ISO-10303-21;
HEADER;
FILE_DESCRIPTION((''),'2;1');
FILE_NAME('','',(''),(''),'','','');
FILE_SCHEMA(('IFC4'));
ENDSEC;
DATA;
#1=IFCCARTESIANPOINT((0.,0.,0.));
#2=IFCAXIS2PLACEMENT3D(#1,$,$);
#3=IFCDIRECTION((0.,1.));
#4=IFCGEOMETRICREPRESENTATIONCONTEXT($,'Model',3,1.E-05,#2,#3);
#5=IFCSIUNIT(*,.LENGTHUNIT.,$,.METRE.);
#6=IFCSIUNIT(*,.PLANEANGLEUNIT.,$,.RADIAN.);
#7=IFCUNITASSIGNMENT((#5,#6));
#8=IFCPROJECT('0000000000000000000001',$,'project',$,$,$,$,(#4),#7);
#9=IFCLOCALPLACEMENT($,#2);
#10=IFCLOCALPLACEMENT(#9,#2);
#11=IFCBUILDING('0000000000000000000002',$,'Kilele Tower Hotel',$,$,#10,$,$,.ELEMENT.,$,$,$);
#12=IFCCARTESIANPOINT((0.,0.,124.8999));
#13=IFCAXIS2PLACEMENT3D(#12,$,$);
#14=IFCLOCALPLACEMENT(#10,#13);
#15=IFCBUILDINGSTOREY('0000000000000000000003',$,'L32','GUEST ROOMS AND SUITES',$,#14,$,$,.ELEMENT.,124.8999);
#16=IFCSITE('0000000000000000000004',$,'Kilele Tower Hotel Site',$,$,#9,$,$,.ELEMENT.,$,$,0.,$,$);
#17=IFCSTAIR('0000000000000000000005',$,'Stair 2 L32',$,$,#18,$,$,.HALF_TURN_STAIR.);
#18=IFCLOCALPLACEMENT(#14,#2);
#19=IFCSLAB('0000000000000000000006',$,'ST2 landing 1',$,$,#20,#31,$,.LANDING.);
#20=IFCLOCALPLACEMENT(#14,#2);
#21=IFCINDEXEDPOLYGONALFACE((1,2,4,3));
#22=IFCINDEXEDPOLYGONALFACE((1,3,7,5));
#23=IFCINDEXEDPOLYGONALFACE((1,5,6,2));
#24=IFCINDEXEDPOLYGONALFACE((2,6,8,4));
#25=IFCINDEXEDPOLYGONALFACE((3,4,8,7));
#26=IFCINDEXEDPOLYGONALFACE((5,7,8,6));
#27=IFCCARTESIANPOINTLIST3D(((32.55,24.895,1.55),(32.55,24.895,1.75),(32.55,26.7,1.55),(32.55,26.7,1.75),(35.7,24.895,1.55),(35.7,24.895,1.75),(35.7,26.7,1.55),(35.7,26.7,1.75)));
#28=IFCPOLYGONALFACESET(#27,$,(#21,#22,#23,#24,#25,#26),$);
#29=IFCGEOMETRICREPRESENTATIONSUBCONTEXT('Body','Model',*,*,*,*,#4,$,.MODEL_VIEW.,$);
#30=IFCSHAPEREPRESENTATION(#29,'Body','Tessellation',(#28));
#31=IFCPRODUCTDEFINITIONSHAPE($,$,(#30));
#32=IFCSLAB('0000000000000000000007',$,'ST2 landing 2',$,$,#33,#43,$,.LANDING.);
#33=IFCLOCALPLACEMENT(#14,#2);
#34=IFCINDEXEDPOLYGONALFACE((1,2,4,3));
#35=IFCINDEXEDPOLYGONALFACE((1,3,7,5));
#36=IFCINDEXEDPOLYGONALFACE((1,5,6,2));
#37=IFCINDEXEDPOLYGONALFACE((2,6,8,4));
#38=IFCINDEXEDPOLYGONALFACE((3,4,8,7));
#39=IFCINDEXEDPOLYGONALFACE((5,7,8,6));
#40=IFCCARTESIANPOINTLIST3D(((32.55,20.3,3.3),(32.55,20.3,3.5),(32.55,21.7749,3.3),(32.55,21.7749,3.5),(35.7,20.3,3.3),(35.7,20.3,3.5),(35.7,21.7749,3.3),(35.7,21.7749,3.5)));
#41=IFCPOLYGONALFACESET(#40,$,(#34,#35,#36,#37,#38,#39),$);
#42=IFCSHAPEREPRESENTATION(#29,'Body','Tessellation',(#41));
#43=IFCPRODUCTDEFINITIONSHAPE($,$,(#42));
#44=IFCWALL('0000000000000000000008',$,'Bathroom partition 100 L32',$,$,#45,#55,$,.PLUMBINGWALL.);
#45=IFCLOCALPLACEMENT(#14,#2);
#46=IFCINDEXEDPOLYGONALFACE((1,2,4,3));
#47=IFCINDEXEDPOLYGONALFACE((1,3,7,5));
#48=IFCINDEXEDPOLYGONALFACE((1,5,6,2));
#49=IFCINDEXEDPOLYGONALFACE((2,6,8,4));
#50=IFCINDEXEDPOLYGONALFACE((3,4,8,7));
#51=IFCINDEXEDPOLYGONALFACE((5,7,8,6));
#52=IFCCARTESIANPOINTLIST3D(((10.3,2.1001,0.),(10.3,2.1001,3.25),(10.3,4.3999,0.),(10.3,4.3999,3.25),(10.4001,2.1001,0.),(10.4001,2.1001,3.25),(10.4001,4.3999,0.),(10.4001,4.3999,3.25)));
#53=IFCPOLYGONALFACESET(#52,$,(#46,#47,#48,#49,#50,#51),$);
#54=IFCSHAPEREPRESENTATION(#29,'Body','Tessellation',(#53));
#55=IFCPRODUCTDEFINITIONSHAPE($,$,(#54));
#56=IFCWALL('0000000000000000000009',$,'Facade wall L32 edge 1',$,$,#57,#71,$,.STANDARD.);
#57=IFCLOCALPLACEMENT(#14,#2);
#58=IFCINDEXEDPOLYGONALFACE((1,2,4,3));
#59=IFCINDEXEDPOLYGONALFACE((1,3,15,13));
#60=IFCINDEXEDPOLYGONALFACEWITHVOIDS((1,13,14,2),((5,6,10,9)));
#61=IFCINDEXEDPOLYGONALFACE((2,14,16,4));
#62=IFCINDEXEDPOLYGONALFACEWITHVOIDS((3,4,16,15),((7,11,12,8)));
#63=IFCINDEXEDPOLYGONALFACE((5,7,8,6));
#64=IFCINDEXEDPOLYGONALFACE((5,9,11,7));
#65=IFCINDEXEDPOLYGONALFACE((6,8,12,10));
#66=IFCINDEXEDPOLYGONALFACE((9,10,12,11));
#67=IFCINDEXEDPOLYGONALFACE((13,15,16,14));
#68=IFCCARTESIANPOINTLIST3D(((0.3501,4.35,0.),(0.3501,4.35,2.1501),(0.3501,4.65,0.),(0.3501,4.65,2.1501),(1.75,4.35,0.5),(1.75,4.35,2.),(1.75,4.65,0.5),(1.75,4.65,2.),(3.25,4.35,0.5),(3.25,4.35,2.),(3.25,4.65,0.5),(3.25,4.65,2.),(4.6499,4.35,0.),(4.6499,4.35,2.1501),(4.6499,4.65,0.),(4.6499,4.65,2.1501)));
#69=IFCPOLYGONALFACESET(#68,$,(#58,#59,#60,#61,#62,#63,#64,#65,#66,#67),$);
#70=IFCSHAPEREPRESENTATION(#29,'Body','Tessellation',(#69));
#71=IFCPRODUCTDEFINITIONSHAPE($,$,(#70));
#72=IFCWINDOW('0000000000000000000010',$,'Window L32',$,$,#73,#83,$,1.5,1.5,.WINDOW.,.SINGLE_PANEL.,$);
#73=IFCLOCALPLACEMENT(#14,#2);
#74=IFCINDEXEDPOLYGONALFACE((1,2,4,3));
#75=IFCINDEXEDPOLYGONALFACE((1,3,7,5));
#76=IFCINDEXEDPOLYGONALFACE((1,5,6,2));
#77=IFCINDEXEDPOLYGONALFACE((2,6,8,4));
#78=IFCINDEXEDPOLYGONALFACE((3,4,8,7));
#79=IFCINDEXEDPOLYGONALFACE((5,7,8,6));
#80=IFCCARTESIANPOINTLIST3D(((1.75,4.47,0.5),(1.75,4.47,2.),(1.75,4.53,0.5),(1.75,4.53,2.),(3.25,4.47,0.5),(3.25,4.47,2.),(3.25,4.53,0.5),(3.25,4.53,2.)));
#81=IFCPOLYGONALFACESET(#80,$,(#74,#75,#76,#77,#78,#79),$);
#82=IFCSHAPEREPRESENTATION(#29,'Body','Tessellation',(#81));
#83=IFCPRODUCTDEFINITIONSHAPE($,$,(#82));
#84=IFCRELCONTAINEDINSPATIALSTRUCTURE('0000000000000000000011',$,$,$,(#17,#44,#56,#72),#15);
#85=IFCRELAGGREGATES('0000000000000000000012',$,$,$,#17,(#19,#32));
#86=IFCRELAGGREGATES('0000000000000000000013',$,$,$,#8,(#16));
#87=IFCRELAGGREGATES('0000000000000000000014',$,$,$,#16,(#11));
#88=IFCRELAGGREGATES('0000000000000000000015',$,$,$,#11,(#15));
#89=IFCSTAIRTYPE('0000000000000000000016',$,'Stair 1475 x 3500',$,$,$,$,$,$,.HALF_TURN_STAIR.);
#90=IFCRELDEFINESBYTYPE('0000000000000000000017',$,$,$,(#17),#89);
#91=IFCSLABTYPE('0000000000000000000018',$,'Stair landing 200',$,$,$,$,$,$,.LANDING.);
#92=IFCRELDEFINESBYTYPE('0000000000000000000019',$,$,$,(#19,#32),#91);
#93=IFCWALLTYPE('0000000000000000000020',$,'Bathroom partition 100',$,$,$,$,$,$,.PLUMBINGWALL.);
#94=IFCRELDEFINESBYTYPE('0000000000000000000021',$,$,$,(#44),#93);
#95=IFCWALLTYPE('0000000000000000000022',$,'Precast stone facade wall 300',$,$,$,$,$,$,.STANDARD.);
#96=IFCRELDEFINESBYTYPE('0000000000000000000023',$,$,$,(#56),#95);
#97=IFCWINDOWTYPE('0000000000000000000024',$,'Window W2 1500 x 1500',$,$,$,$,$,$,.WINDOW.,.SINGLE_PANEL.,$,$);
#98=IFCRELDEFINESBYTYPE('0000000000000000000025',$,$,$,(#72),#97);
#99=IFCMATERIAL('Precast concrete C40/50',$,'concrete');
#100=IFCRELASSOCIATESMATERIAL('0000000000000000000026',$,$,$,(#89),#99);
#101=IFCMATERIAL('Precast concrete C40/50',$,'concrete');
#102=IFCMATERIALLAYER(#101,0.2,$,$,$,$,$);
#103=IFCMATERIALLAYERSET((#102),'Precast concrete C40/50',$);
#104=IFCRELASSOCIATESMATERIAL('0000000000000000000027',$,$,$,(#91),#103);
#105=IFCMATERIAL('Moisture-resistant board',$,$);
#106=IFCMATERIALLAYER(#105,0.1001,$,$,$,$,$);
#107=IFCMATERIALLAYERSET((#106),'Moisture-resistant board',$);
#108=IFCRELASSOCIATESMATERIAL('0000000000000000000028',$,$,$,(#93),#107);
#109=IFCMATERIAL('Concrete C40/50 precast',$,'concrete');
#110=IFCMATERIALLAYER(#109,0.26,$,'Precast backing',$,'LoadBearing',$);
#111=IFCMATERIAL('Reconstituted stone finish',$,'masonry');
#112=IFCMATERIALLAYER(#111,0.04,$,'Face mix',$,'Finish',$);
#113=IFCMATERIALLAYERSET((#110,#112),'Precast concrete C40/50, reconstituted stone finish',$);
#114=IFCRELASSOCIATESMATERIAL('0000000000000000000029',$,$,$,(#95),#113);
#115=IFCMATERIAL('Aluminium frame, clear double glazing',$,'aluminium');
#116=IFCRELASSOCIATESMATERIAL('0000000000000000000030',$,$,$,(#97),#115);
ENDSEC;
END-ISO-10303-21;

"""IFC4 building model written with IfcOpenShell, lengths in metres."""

from ifc_helpers import new_model, si_unit, direction, frame, frame_2d, origin, place, context, subcontext, project, spatial, polyline, rectangle, outline, extrude, material, layer, layer_set, type_object, element, fill, aggregate, save


model = new_model("IFC4")

# Units and contexts
model_context = context("Model", 3, precision=1e-05, world=origin(), true_north=direction((0.0, 1.0)))
body_context = subcontext(model_context, "Body", "Model", "MODEL_VIEW")
ifc_project = project(units=[si_unit("LENGTHUNIT", "METRE"), si_unit("PLANEANGLEUNIT", "RADIAN")], contexts=[model_context])

# Site, building, storey
site_placement = place(None, origin())
site = spatial("IfcSite", under=ifc_project, at=site_placement, Name="Kilele Tower Hotel Site", CompositionType="ELEMENT", RefElevation=0.0)
building_placement = place(site_placement, origin())
building = spatial("IfcBuilding", under=site, at=building_placement, Name="Kilele Tower Hotel", CompositionType="ELEMENT")
storey_placement = place(building_placement, frame((0.0, 0.0, 124.8999)))
storey = spatial("IfcBuildingStorey", under=building, at=storey_placement, Name="L32", Description="GUEST ROOMS AND SUITES", CompositionType="ELEMENT", Elevation=124.8999)

# Stair, slabs
ifc_material_1 = material(Name="Precast concrete C40/50", Category="concrete")
stair_type = type_object("IfcStairType", Name="Stair 1475 x 3500", PredefinedType="HALF_TURN_STAIR", material=ifc_material_1)
ifc_material_2 = material(Name="Precast concrete C40/50", Category="concrete")
ifc_layer_1 = layer(ifc_material_2, 0.2)
ifc_layer_set_1 = layer_set([ifc_layer_1], Name="Precast concrete C40/50")
slab_type_1 = type_object("IfcSlabType", Name="Stair landing 200", PredefinedType="LANDING", material=ifc_layer_set_1)
stair_1_placement = place(storey_placement, origin())
stair_1 = element("IfcStair", 1, at=stair_1_placement, inside=storey, type_object=stair_type, Name="Stair 2 L32", PredefinedType="HALF_TURN_STAIR")
slab_1_placement = place(storey_placement, frame((0.0, 0.0, 1.55)))
slab_1 = element("IfcSlab", 2, at=slab_1_placement, type_object=slab_type_1, Name="ST2 landing 1", PredefinedType="LANDING", context=body_context, shape_type="SweptSolid", body=[
    extrude(outline(polyline([(32.55, 24.895), (35.7, 24.895), (35.7, 26.7), (32.55, 26.7), (32.55, 24.895)])), origin(), (0.0, 0.0, 1.0), 0.2),
])
slab_2_placement = place(storey_placement, frame((0.0, 0.0, 3.3)))
slab_2 = element("IfcSlab", 3, at=slab_2_placement, type_object=slab_type_1, Name="ST2 landing 2", PredefinedType="LANDING", context=body_context, shape_type="SweptSolid", body=[
    extrude(outline(polyline([(32.55, 20.3), (35.7, 20.3), (35.7, 21.7749), (32.55, 21.7749), (32.55, 20.3)])), origin(), (0.0, 0.0, 1.0), 0.2),
])
aggregate(stair_1, [slab_1, slab_2])

# Wall
ifc_material_3 = material(Name="Moisture-resistant board")
ifc_layer_2 = layer(ifc_material_3, 0.1001)
ifc_layer_set_2 = layer_set([ifc_layer_2], Name="Moisture-resistant board")
wall_type_1 = type_object("IfcWallType", Name="Bathroom partition 100", PredefinedType="PLUMBINGWALL", material=ifc_layer_set_2)
wall_1_placement = place(storey_placement, frame((10.3501, 4.3999, 0.0), z_axis=(0.0, 0.0, 1.0), x_axis=(0.0, -1.0, 0.0)))
element("IfcWall", 4, at=wall_1_placement, inside=storey, type_object=wall_type_1, Name="Bathroom partition 100 L32", PredefinedType="PLUMBINGWALL", context=body_context, shape_type="SweptSolid", body=[
    extrude(rectangle(XDim=2.2998, YDim=0.1001, at=frame_2d((1.1499, 0.0))), origin(), (0.0, 0.0, 1.0), 3.25),
])

# Wall, opening, window
ifc_material_4 = material(Name="Concrete C40/50 precast", Category="concrete")
ifc_layer_3 = layer(ifc_material_4, 0.26, Name="Precast backing", Category="LoadBearing")
ifc_material_5 = material(Name="Reconstituted stone finish", Category="masonry")
ifc_layer_4 = layer(ifc_material_5, 0.04, Name="Face mix", Category="Finish")
ifc_layer_set_3 = layer_set([ifc_layer_3, ifc_layer_4], Name="Precast concrete C40/50, reconstituted stone finish")
wall_type_2 = type_object("IfcWallType", Name="Precast stone facade wall 300", PredefinedType="STANDARD", material=ifc_layer_set_3)
wall_2_placement = place(storey_placement, frame((0.3501, 4.5, 0.0), z_axis=(0.0, 0.0, 1.0), x_axis=(1.0, 0.0, 0.0)))
wall_2 = element("IfcWall", 5, at=wall_2_placement, inside=storey, type_object=wall_type_2, Name="Facade wall L32 edge 1", PredefinedType="STANDARD", context=body_context, shape_type="SweptSolid", body=[
    extrude(rectangle(XDim=4.2998, YDim=0.3, at=frame_2d((2.1499, 0.0))), origin(), (0.0, 0.0, 1.0), 2.1501),
])
opening_1_placement = place(wall_2_placement, frame((1.3999, 0.0, 0.5)))
opening_1 = element("IfcOpeningElement", 6, at=opening_1_placement, cuts=wall_2, PredefinedType="OPENING", context=body_context, shape_type="SweptSolid", body=[
    extrude(rectangle(XDim=1.5, YDim=1.5, at=frame_2d((0.75, 0.75))), frame((0.0, 0.1599, 0.0), z_axis=(0.0, -1.0, 0.0), x_axis=(1.0, 0.0, 0.0)), (0.0, 0.0, 1.0), 0.3201),
])
ifc_material_6 = material(Name="Aluminium frame, clear double glazing", Category="aluminium")
window_type = type_object("IfcWindowType", Name="Window W2 1500 x 1500", PartitioningType="SINGLE_PANEL", PredefinedType="WINDOW", material=ifc_material_6)
window_1_placement = place(opening_1_placement, origin())
window_1 = element("IfcWindow", 7, at=window_1_placement, inside=storey, type_object=window_type, Name="Window L32", OverallHeight=1.5, OverallWidth=1.5, PartitioningType="SINGLE_PANEL", PredefinedType="WINDOW", context=body_context, shape_type="SweptSolid", body=[
    extrude(rectangle(XDim=1.5, YDim=1.5, at=frame_2d((0.75, 0.75))), frame((0.0, 0.03, 0.0), z_axis=(0.0, -1.0, 0.0), x_axis=(1.0, 0.0, 0.0)), (0.0, 0.0, 1.0), 0.0601),
])
fill(opening_1, window_1)

save(model, "model.ifc")
